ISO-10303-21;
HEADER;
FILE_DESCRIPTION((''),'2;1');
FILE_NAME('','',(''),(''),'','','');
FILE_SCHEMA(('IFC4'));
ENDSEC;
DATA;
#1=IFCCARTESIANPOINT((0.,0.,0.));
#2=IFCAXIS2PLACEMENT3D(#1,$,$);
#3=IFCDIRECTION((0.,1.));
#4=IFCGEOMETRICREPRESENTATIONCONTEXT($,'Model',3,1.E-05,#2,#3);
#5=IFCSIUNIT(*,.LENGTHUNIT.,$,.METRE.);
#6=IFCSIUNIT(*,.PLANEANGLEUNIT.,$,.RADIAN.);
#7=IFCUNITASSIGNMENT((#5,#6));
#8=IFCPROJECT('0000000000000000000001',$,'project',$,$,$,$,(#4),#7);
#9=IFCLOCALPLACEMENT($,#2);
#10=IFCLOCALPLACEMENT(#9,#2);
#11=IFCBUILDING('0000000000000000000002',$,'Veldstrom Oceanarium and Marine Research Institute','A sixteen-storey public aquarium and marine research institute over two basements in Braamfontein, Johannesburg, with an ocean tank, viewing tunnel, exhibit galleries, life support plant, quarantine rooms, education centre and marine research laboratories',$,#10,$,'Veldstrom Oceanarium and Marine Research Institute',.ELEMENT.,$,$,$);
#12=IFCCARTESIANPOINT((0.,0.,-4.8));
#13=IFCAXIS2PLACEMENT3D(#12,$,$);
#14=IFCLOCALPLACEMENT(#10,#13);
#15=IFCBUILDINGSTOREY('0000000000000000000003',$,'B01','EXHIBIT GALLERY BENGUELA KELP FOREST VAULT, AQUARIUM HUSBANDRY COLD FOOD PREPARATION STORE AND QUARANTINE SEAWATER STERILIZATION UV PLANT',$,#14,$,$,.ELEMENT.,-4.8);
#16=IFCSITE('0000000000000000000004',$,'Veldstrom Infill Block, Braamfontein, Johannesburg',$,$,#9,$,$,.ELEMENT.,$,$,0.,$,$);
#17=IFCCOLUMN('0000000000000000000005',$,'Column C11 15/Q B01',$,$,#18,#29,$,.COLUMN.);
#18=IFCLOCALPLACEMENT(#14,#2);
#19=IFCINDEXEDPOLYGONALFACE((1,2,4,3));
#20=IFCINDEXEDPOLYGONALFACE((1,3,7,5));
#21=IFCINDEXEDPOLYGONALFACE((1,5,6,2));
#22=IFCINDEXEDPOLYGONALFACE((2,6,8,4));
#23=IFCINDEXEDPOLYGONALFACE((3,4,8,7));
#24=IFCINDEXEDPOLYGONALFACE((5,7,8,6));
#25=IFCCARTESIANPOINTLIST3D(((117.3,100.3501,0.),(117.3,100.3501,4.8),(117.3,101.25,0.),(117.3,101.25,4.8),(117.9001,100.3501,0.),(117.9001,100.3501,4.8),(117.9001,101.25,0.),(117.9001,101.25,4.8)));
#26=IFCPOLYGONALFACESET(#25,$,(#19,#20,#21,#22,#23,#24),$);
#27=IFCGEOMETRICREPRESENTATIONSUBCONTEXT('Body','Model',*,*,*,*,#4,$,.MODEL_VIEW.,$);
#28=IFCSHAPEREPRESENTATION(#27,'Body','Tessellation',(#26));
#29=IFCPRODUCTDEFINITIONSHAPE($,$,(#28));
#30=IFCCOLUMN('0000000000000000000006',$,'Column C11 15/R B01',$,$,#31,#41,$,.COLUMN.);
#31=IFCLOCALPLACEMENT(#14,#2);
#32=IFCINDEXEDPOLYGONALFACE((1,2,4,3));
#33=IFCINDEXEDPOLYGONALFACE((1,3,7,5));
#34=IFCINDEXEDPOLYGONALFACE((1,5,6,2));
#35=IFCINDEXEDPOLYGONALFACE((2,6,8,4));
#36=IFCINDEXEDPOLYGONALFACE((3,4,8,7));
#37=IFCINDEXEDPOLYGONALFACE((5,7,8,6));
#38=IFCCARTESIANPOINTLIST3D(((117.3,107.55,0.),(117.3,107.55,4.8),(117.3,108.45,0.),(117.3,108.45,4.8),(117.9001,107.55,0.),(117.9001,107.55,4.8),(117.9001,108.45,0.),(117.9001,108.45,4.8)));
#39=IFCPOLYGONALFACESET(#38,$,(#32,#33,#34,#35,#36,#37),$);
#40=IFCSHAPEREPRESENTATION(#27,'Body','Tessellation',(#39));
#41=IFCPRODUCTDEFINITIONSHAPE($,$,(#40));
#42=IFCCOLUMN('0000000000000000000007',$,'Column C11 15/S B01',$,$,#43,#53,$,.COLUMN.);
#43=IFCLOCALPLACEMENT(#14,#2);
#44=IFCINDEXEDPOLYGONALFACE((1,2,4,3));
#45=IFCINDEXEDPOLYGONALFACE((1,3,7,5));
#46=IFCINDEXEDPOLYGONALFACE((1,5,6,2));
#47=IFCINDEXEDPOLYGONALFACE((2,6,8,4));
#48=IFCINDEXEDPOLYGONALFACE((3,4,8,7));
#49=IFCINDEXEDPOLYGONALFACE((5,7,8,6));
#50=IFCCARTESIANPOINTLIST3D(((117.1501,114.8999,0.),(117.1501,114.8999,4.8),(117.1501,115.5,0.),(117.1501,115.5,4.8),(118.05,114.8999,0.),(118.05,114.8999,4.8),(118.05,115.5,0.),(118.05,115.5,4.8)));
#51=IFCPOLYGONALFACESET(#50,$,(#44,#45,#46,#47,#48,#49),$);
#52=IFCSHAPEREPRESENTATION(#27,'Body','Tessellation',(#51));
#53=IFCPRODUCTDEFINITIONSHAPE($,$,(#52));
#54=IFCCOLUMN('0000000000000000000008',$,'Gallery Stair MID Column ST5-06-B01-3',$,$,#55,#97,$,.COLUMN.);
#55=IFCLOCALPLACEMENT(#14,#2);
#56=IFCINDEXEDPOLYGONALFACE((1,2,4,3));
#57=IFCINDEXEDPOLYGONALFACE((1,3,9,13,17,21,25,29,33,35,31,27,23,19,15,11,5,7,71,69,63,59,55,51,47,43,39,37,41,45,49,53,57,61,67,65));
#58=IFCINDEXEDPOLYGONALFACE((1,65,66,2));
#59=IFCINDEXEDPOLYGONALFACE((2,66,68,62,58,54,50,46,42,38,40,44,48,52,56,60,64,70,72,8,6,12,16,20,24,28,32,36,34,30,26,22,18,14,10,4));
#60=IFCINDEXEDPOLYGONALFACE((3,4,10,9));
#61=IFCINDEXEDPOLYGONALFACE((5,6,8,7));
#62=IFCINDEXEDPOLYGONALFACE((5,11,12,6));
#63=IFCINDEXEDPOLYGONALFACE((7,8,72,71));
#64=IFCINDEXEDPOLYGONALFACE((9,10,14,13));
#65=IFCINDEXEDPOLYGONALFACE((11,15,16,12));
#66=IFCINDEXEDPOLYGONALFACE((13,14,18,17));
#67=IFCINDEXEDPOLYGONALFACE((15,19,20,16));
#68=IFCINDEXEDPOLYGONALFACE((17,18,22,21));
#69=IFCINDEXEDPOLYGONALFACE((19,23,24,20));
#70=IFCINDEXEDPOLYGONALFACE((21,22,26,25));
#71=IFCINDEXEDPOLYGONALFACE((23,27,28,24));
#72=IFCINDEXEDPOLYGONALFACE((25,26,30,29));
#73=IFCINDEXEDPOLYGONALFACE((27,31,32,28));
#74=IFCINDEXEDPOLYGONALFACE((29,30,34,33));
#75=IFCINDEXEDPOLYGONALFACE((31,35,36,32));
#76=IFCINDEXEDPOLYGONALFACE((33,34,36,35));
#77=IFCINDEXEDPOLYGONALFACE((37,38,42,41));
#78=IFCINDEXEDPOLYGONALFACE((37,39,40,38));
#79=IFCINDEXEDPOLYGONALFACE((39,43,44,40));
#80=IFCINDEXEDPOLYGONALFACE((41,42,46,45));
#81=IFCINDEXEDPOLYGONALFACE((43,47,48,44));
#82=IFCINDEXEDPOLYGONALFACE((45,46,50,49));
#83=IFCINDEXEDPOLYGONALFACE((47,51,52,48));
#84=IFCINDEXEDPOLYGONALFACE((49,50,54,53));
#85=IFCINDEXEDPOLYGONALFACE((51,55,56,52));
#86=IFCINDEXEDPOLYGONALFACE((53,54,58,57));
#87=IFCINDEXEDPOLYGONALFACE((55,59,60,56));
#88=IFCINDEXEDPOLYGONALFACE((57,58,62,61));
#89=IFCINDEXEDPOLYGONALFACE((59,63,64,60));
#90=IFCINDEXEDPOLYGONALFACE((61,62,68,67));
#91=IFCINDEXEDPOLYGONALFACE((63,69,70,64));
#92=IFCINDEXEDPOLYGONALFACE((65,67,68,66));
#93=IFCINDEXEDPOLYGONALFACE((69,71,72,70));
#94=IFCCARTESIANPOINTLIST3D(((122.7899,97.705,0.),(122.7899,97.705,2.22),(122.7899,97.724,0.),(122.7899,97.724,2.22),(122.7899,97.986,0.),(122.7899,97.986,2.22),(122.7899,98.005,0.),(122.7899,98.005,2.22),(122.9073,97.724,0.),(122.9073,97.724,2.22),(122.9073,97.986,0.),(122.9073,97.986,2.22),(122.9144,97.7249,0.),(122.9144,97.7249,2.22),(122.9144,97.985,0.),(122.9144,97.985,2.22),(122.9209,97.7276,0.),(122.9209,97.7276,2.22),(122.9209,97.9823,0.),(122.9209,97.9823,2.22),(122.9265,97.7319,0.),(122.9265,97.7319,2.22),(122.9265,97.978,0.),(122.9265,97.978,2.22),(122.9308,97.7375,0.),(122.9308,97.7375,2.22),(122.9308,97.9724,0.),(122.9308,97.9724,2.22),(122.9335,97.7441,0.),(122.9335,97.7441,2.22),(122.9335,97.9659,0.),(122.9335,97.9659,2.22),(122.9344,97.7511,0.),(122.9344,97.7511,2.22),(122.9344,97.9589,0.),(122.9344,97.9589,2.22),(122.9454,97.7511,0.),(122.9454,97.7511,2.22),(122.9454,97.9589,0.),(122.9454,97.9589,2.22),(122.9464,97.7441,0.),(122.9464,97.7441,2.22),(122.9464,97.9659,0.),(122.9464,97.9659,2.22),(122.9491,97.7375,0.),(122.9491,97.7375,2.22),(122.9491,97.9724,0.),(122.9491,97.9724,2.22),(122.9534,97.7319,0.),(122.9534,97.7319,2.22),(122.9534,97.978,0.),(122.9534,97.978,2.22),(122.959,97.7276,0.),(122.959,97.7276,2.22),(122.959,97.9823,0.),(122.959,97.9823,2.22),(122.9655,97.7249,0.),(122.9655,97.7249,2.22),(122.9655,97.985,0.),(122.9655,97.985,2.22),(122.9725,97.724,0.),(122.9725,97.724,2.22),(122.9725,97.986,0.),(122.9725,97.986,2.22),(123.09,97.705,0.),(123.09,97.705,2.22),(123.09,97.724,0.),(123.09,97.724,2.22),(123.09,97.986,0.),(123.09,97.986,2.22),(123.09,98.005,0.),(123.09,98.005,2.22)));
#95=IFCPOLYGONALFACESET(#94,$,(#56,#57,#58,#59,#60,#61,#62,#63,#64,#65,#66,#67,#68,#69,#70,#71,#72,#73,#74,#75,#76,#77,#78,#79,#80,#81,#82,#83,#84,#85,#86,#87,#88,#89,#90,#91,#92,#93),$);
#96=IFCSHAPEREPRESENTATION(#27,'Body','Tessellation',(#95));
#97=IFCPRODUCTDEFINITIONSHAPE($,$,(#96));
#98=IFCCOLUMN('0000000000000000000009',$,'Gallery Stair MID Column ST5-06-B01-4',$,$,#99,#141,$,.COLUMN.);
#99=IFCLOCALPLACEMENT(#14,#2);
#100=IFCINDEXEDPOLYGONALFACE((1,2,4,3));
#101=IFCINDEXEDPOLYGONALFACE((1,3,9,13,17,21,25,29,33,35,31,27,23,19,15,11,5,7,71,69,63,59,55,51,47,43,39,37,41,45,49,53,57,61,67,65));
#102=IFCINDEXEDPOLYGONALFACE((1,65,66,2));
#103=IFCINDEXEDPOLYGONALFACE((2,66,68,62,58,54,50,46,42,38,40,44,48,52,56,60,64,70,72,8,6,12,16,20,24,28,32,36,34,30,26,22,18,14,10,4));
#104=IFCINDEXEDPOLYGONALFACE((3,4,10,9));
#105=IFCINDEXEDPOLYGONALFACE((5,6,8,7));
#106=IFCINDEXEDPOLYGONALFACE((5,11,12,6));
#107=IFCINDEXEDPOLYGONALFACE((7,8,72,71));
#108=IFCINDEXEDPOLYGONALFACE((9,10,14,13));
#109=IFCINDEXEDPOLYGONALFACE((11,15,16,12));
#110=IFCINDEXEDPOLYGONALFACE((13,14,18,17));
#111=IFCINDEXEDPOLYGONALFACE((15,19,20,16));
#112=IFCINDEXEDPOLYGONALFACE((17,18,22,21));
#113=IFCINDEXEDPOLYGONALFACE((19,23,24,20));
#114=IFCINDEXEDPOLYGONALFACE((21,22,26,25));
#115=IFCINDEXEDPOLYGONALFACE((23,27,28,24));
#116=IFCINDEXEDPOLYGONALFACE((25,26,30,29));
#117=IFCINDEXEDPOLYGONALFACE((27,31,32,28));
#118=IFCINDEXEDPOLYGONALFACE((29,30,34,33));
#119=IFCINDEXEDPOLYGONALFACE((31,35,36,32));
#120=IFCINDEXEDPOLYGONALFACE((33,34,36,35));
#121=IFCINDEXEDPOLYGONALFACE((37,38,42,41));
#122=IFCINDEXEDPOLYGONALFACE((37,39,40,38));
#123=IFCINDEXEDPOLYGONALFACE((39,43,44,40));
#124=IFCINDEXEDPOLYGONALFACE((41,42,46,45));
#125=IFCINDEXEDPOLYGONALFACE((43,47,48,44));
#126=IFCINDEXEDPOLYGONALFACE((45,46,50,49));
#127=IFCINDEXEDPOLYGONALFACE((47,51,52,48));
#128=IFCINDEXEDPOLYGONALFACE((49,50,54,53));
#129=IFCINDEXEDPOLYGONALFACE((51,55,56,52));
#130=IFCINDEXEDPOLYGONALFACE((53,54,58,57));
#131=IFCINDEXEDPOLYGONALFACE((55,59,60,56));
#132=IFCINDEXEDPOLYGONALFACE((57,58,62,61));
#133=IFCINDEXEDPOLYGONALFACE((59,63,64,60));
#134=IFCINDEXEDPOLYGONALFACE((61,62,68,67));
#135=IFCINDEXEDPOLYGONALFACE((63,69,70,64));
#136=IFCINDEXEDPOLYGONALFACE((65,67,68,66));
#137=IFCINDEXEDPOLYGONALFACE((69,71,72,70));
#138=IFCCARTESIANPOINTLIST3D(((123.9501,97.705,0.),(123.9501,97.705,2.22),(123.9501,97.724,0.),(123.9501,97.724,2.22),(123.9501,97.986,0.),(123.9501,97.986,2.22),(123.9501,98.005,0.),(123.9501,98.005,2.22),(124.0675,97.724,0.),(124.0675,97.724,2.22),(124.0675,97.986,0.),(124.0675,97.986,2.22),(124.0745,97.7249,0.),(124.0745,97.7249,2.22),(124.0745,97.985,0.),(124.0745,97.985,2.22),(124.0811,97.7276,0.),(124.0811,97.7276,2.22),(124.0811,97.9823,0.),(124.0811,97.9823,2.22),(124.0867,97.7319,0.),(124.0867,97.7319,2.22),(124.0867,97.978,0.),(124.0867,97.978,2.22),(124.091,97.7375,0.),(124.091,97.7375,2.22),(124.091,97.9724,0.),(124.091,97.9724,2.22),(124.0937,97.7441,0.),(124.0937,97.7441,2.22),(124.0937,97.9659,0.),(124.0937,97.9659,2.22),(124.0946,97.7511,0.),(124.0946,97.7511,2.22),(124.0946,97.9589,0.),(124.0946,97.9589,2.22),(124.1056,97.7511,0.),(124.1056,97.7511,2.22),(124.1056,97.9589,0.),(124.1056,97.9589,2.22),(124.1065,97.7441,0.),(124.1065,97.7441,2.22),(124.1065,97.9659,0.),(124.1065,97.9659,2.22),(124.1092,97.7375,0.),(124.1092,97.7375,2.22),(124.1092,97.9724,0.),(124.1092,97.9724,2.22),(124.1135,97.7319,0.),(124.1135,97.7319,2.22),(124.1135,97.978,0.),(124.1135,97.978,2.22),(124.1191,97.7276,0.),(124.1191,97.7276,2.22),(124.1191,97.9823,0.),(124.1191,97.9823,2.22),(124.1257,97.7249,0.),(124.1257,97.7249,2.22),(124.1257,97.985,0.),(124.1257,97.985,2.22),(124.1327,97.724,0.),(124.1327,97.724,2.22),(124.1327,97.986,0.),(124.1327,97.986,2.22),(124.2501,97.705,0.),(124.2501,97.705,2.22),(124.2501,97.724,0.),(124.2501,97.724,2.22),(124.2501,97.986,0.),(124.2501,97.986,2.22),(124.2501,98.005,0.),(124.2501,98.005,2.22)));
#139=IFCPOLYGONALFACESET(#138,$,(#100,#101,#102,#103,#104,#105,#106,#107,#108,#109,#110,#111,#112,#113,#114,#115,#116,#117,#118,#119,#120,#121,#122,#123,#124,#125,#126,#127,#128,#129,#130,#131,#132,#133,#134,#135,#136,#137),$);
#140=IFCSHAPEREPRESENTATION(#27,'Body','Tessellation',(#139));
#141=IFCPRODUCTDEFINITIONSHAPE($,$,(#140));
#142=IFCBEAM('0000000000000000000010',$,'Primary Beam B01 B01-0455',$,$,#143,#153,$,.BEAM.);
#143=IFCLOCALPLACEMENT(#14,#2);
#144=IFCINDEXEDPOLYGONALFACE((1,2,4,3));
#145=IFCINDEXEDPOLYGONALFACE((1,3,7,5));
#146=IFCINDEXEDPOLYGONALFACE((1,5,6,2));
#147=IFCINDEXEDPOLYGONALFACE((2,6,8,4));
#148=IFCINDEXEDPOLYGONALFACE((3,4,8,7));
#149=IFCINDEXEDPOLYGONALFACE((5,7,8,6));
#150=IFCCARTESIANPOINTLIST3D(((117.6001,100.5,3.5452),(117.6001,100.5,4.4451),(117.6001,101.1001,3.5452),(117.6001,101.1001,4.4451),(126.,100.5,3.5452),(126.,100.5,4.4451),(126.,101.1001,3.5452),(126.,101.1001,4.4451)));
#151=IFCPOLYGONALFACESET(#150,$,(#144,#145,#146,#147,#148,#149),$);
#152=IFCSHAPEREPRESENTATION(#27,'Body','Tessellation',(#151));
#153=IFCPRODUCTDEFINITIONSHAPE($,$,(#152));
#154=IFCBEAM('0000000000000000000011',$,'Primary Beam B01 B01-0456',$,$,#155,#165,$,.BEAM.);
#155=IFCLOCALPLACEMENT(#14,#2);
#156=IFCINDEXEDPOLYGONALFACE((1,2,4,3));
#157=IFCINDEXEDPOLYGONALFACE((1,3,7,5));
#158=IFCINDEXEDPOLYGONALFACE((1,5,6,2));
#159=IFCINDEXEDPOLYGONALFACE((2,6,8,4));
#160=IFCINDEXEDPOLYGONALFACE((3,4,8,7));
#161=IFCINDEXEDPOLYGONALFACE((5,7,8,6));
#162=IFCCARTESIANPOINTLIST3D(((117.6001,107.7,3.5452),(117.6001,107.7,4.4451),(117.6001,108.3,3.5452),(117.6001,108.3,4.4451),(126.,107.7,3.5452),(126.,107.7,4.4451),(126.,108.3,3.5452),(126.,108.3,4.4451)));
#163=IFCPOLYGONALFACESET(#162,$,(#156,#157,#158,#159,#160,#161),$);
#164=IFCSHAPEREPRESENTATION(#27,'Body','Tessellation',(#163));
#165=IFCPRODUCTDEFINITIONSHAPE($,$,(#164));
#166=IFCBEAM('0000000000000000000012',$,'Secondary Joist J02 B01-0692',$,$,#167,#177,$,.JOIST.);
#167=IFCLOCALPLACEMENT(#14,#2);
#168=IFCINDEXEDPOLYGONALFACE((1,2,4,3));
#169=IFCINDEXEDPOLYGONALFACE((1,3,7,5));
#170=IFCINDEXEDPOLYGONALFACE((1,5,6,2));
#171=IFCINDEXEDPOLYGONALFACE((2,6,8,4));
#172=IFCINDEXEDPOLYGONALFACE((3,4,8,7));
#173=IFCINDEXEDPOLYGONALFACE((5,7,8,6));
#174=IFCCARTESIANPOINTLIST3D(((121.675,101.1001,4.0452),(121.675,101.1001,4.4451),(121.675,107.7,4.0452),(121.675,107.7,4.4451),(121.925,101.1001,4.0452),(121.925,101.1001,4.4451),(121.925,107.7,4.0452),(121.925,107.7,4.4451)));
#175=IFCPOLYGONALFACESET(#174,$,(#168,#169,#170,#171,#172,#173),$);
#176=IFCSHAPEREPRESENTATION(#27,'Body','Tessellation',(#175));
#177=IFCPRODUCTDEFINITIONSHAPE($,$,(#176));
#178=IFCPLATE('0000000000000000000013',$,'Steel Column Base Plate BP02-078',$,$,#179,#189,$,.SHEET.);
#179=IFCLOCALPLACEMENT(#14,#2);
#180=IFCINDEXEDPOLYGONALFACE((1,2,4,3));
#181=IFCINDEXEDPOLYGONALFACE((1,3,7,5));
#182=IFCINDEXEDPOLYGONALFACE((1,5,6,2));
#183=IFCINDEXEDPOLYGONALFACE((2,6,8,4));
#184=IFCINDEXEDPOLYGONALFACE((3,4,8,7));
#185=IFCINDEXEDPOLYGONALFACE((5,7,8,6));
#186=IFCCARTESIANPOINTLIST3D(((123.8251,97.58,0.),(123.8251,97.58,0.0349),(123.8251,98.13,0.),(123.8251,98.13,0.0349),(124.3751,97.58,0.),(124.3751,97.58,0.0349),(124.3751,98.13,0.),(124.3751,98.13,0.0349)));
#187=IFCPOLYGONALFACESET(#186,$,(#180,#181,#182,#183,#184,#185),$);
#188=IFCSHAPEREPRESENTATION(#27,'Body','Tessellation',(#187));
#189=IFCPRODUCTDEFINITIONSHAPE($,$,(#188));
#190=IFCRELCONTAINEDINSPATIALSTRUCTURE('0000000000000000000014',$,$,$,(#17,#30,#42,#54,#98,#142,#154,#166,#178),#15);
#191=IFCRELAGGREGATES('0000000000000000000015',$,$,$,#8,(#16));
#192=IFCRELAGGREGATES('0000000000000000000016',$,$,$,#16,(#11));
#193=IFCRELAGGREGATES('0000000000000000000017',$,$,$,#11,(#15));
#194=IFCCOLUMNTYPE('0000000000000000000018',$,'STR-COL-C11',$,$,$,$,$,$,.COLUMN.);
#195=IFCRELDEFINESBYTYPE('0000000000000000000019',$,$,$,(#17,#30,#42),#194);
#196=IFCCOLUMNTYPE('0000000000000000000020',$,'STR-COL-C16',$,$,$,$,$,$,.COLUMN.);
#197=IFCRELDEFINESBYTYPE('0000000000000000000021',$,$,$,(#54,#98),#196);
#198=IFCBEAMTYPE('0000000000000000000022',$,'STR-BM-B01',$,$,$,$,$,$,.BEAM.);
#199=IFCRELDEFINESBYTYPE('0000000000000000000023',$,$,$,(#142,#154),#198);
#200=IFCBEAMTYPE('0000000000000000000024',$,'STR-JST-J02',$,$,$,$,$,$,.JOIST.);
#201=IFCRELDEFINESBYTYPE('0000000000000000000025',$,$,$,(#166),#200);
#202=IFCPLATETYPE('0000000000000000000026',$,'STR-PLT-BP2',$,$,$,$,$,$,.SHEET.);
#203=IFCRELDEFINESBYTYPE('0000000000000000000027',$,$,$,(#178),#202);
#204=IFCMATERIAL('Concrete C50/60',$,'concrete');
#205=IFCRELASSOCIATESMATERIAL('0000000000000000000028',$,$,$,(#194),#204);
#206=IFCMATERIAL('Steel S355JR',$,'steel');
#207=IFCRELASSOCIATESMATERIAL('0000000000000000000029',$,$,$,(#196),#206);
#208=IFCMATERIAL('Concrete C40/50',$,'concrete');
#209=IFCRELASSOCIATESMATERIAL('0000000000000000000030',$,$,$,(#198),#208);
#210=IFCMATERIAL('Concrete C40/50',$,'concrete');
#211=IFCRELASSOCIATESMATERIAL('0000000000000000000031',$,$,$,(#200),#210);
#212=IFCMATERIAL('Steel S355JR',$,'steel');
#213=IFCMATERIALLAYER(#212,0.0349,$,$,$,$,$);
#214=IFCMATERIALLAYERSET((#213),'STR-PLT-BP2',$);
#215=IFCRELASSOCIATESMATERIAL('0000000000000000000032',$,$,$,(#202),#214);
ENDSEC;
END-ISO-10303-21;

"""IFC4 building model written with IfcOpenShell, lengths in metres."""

from ifc_helpers import new_model, si_unit, direction, frame, origin, origin_2d, place, context, subcontext, project, spatial, rectangle, i_section, extrude, material, layer, layer_set, material_profile, profile_set, type_object, element, save


model = new_model("IFC4")

# Units and contexts
model_context = context("Model", 3, precision=1e-05, world=origin(), true_north=direction((0.0, 1.0)))
body_context = subcontext(model_context, "Body", "Model", "MODEL_VIEW")
ifc_project = project(units=[si_unit("LENGTHUNIT", "METRE"), si_unit("PLANEANGLEUNIT", "RADIAN")], contexts=[model_context])

# Site, building, storey
site_placement = place(None, origin())
site = spatial("IfcSite", under=ifc_project, at=site_placement, Name="Veldstrom Infill Block, Braamfontein, Johannesburg", CompositionType="ELEMENT", RefElevation=0.0)
building_placement = place(site_placement, origin())
building = spatial("IfcBuilding", under=site, at=building_placement, Name="Veldstrom Oceanarium and Marine Research Institute", Description="A sixteen-storey public aquarium and marine research institute over two basements in Braamfontein, Johannesburg, with an ocean tank, viewing tunnel, exhibit galleries, life support plant, quarantine rooms, education centre and marine research laboratories", LongName="Veldstrom Oceanarium and Marine Research Institute", CompositionType="ELEMENT")
storey_placement = place(building_placement, frame((0.0, 0.0, -4.8)))
storey = spatial("IfcBuildingStorey", under=building, at=storey_placement, Name="B01", Description="EXHIBIT GALLERY BENGUELA KELP FOREST VAULT, AQUARIUM HUSBANDRY COLD FOOD PREPARATION STORE AND QUARANTINE SEAWATER STERILIZATION UV PLANT", CompositionType="ELEMENT", Elevation=-4.8)

# Columns
ifc_material_1 = material(Name="Concrete C50/60", Category="concrete")
ifc_material_profile_1 = material_profile(ifc_material_1, rectangle(XDim=0.6001, YDim=0.8999, at=origin_2d()), Name="RC-COL-900x600")
ifc_profile_set_1 = profile_set([ifc_material_profile_1], Name="Concrete C50/60")
column_type_1 = type_object("IfcColumnType", Name="STR-COL-C11", PredefinedType="COLUMN", material=ifc_profile_set_1)
for number, where, z_axis, x_axis, name in (
    (1, (117.6001, 100.8, 0.0), (0.0, 0.0, 1.0), (1.0, 0.0, 0.0), "Column C11 15/Q B01"),
    (2, (117.6001, 108.0, 0.0), (0.0, 0.0, 1.0), (1.0, 0.0, 0.0), "Column C11 15/R B01"),
    (3, (117.6001, 115.2, 0.0), (0.0, 0.0, 1.0), (0.0, 1.0, 0.0), "Column C11 15/S B01"),
):
    element("IfcColumn", number, at=place(storey_placement, frame(where, z_axis=z_axis, x_axis=x_axis)), inside=storey, type_object=column_type_1, Name=name, PredefinedType="COLUMN", context=body_context, shape_type="SweptSolid", body=[
        extrude(rectangle(XDim=0.6001, YDim=0.8999, at=origin_2d()), origin(), (0.0, 0.0, 1.0), 4.8),
    ])
ifc_material_2 = material(Name="Steel S355JR", Category="steel")
ifc_material_profile_2 = material_profile(ifc_material_2, i_section(OverallWidth=0.3, OverallDepth=0.3, WebThickness=0.011, FlangeThickness=0.019, FilletRadius=0.0271, at=origin_2d()), Name="HEB 300")
ifc_profile_set_2 = profile_set([ifc_material_profile_2], Name="Steel S355JR")
column_type_2 = type_object("IfcColumnType", Name="STR-COL-C16", PredefinedType="COLUMN", material=ifc_profile_set_2)
for number, where, z_axis, x_axis, name in (
    (4, (122.9399, 97.855, 0.0), (0.0, 0.0, 1.0), (1.0, 0.0, 0.0), "Gallery Stair MID Column ST5-06-B01-3"),
    (5, (124.1001, 97.855, 0.0), (0.0, 0.0, 1.0), (1.0, 0.0, 0.0), "Gallery Stair MID Column ST5-06-B01-4"),
):
    element("IfcColumn", number, at=place(storey_placement, frame(where, z_axis=z_axis, x_axis=x_axis)), inside=storey, type_object=column_type_2, Name=name, PredefinedType="COLUMN", context=body_context, shape_type="SweptSolid", body=[
        extrude(i_section(OverallWidth=0.3, OverallDepth=0.3, WebThickness=0.011, FlangeThickness=0.019, FilletRadius=0.0271, at=origin_2d()), origin(), (0.0, 0.0, 1.0), 2.22),
    ])

# Beams
ifc_material_3 = material(Name="Concrete C40/50", Category="concrete")
ifc_material_profile_3 = material_profile(ifc_material_3, rectangle(XDim=0.6001, YDim=0.8999, at=origin_2d()), Name="RC-BM-600x900")
ifc_profile_set_3 = profile_set([ifc_material_profile_3], Name="Concrete C40/50")
beam_type_1 = type_object("IfcBeamType", Name="STR-BM-B01", PredefinedType="BEAM", material=ifc_profile_set_3)
for number, where, z_axis, x_axis, name in (
    (6, (117.6001, 100.8, 3.9951), (1.0, 0.0, 0.0), (0.0, 1.0, 0.0), "Primary Beam B01 B01-0455"),
    (7, (117.6001, 108.0, 3.9951), (1.0, 0.0, 0.0), (0.0, 1.0, 0.0), "Primary Beam B01 B01-0456"),
):
    element("IfcBeam", number, at=place(storey_placement, frame(where, z_axis=z_axis, x_axis=x_axis)), inside=storey, type_object=beam_type_1, Name=name, PredefinedType="BEAM", context=body_context, shape_type="SweptSolid", body=[
        extrude(rectangle(XDim=0.6001, YDim=0.8999, at=origin_2d()), origin(), (0.0, 0.0, 1.0), 8.3999),
    ])
ifc_material_4 = material(Name="Concrete C40/50", Category="concrete")
ifc_material_profile_4 = material_profile(ifc_material_4, rectangle(XDim=0.25, YDim=0.3999, at=origin_2d()), Name="RC-JST-250x400")
ifc_profile_set_4 = profile_set([ifc_material_profile_4], Name="Concrete C40/50")
beam_type_2 = type_object("IfcBeamType", Name="STR-JST-J02", PredefinedType="JOIST", material=ifc_profile_set_4)
beam_placement = place(storey_placement, frame((121.8, 101.1001, 4.2451), z_axis=(0.0, 1.0, 0.0), x_axis=(-1.0, 0.0, 0.0)))
element("IfcBeam", 8, at=beam_placement, inside=storey, type_object=beam_type_2, Name="Secondary Joist J02 B01-0692", PredefinedType="JOIST", context=body_context, shape_type="SweptSolid", body=[
    extrude(rectangle(XDim=0.25, YDim=0.3999, at=origin_2d()), origin(), (0.0, 0.0, 1.0), 6.5999),
])

# Plate
ifc_material_5 = material(Name="Steel S355JR", Category="steel")
ifc_layer_1 = layer(ifc_material_5, 0.0349)
ifc_layer_set_1 = layer_set([ifc_layer_1], Name="STR-PLT-BP2")
plate_type_1 = type_object("IfcPlateType", Name="STR-PLT-BP2", PredefinedType="SHEET", material=ifc_layer_set_1)
plate_1_placement = place(storey_placement, frame((124.1001, 97.855, 0.0), z_axis=(0.0, 0.0, 1.0), x_axis=(1.0, 0.0, 0.0)))
element("IfcPlate", 9, at=plate_1_placement, inside=storey, type_object=plate_type_1, Name="Steel Column Base Plate BP02-078", PredefinedType="SHEET", context=body_context, shape_type="SweptSolid", body=[
    extrude(rectangle(XDim=0.55, YDim=0.55, at=origin_2d()), origin(), (0.0, 0.0, 1.0), 0.0349),
])

save(model, "model.ifc")
